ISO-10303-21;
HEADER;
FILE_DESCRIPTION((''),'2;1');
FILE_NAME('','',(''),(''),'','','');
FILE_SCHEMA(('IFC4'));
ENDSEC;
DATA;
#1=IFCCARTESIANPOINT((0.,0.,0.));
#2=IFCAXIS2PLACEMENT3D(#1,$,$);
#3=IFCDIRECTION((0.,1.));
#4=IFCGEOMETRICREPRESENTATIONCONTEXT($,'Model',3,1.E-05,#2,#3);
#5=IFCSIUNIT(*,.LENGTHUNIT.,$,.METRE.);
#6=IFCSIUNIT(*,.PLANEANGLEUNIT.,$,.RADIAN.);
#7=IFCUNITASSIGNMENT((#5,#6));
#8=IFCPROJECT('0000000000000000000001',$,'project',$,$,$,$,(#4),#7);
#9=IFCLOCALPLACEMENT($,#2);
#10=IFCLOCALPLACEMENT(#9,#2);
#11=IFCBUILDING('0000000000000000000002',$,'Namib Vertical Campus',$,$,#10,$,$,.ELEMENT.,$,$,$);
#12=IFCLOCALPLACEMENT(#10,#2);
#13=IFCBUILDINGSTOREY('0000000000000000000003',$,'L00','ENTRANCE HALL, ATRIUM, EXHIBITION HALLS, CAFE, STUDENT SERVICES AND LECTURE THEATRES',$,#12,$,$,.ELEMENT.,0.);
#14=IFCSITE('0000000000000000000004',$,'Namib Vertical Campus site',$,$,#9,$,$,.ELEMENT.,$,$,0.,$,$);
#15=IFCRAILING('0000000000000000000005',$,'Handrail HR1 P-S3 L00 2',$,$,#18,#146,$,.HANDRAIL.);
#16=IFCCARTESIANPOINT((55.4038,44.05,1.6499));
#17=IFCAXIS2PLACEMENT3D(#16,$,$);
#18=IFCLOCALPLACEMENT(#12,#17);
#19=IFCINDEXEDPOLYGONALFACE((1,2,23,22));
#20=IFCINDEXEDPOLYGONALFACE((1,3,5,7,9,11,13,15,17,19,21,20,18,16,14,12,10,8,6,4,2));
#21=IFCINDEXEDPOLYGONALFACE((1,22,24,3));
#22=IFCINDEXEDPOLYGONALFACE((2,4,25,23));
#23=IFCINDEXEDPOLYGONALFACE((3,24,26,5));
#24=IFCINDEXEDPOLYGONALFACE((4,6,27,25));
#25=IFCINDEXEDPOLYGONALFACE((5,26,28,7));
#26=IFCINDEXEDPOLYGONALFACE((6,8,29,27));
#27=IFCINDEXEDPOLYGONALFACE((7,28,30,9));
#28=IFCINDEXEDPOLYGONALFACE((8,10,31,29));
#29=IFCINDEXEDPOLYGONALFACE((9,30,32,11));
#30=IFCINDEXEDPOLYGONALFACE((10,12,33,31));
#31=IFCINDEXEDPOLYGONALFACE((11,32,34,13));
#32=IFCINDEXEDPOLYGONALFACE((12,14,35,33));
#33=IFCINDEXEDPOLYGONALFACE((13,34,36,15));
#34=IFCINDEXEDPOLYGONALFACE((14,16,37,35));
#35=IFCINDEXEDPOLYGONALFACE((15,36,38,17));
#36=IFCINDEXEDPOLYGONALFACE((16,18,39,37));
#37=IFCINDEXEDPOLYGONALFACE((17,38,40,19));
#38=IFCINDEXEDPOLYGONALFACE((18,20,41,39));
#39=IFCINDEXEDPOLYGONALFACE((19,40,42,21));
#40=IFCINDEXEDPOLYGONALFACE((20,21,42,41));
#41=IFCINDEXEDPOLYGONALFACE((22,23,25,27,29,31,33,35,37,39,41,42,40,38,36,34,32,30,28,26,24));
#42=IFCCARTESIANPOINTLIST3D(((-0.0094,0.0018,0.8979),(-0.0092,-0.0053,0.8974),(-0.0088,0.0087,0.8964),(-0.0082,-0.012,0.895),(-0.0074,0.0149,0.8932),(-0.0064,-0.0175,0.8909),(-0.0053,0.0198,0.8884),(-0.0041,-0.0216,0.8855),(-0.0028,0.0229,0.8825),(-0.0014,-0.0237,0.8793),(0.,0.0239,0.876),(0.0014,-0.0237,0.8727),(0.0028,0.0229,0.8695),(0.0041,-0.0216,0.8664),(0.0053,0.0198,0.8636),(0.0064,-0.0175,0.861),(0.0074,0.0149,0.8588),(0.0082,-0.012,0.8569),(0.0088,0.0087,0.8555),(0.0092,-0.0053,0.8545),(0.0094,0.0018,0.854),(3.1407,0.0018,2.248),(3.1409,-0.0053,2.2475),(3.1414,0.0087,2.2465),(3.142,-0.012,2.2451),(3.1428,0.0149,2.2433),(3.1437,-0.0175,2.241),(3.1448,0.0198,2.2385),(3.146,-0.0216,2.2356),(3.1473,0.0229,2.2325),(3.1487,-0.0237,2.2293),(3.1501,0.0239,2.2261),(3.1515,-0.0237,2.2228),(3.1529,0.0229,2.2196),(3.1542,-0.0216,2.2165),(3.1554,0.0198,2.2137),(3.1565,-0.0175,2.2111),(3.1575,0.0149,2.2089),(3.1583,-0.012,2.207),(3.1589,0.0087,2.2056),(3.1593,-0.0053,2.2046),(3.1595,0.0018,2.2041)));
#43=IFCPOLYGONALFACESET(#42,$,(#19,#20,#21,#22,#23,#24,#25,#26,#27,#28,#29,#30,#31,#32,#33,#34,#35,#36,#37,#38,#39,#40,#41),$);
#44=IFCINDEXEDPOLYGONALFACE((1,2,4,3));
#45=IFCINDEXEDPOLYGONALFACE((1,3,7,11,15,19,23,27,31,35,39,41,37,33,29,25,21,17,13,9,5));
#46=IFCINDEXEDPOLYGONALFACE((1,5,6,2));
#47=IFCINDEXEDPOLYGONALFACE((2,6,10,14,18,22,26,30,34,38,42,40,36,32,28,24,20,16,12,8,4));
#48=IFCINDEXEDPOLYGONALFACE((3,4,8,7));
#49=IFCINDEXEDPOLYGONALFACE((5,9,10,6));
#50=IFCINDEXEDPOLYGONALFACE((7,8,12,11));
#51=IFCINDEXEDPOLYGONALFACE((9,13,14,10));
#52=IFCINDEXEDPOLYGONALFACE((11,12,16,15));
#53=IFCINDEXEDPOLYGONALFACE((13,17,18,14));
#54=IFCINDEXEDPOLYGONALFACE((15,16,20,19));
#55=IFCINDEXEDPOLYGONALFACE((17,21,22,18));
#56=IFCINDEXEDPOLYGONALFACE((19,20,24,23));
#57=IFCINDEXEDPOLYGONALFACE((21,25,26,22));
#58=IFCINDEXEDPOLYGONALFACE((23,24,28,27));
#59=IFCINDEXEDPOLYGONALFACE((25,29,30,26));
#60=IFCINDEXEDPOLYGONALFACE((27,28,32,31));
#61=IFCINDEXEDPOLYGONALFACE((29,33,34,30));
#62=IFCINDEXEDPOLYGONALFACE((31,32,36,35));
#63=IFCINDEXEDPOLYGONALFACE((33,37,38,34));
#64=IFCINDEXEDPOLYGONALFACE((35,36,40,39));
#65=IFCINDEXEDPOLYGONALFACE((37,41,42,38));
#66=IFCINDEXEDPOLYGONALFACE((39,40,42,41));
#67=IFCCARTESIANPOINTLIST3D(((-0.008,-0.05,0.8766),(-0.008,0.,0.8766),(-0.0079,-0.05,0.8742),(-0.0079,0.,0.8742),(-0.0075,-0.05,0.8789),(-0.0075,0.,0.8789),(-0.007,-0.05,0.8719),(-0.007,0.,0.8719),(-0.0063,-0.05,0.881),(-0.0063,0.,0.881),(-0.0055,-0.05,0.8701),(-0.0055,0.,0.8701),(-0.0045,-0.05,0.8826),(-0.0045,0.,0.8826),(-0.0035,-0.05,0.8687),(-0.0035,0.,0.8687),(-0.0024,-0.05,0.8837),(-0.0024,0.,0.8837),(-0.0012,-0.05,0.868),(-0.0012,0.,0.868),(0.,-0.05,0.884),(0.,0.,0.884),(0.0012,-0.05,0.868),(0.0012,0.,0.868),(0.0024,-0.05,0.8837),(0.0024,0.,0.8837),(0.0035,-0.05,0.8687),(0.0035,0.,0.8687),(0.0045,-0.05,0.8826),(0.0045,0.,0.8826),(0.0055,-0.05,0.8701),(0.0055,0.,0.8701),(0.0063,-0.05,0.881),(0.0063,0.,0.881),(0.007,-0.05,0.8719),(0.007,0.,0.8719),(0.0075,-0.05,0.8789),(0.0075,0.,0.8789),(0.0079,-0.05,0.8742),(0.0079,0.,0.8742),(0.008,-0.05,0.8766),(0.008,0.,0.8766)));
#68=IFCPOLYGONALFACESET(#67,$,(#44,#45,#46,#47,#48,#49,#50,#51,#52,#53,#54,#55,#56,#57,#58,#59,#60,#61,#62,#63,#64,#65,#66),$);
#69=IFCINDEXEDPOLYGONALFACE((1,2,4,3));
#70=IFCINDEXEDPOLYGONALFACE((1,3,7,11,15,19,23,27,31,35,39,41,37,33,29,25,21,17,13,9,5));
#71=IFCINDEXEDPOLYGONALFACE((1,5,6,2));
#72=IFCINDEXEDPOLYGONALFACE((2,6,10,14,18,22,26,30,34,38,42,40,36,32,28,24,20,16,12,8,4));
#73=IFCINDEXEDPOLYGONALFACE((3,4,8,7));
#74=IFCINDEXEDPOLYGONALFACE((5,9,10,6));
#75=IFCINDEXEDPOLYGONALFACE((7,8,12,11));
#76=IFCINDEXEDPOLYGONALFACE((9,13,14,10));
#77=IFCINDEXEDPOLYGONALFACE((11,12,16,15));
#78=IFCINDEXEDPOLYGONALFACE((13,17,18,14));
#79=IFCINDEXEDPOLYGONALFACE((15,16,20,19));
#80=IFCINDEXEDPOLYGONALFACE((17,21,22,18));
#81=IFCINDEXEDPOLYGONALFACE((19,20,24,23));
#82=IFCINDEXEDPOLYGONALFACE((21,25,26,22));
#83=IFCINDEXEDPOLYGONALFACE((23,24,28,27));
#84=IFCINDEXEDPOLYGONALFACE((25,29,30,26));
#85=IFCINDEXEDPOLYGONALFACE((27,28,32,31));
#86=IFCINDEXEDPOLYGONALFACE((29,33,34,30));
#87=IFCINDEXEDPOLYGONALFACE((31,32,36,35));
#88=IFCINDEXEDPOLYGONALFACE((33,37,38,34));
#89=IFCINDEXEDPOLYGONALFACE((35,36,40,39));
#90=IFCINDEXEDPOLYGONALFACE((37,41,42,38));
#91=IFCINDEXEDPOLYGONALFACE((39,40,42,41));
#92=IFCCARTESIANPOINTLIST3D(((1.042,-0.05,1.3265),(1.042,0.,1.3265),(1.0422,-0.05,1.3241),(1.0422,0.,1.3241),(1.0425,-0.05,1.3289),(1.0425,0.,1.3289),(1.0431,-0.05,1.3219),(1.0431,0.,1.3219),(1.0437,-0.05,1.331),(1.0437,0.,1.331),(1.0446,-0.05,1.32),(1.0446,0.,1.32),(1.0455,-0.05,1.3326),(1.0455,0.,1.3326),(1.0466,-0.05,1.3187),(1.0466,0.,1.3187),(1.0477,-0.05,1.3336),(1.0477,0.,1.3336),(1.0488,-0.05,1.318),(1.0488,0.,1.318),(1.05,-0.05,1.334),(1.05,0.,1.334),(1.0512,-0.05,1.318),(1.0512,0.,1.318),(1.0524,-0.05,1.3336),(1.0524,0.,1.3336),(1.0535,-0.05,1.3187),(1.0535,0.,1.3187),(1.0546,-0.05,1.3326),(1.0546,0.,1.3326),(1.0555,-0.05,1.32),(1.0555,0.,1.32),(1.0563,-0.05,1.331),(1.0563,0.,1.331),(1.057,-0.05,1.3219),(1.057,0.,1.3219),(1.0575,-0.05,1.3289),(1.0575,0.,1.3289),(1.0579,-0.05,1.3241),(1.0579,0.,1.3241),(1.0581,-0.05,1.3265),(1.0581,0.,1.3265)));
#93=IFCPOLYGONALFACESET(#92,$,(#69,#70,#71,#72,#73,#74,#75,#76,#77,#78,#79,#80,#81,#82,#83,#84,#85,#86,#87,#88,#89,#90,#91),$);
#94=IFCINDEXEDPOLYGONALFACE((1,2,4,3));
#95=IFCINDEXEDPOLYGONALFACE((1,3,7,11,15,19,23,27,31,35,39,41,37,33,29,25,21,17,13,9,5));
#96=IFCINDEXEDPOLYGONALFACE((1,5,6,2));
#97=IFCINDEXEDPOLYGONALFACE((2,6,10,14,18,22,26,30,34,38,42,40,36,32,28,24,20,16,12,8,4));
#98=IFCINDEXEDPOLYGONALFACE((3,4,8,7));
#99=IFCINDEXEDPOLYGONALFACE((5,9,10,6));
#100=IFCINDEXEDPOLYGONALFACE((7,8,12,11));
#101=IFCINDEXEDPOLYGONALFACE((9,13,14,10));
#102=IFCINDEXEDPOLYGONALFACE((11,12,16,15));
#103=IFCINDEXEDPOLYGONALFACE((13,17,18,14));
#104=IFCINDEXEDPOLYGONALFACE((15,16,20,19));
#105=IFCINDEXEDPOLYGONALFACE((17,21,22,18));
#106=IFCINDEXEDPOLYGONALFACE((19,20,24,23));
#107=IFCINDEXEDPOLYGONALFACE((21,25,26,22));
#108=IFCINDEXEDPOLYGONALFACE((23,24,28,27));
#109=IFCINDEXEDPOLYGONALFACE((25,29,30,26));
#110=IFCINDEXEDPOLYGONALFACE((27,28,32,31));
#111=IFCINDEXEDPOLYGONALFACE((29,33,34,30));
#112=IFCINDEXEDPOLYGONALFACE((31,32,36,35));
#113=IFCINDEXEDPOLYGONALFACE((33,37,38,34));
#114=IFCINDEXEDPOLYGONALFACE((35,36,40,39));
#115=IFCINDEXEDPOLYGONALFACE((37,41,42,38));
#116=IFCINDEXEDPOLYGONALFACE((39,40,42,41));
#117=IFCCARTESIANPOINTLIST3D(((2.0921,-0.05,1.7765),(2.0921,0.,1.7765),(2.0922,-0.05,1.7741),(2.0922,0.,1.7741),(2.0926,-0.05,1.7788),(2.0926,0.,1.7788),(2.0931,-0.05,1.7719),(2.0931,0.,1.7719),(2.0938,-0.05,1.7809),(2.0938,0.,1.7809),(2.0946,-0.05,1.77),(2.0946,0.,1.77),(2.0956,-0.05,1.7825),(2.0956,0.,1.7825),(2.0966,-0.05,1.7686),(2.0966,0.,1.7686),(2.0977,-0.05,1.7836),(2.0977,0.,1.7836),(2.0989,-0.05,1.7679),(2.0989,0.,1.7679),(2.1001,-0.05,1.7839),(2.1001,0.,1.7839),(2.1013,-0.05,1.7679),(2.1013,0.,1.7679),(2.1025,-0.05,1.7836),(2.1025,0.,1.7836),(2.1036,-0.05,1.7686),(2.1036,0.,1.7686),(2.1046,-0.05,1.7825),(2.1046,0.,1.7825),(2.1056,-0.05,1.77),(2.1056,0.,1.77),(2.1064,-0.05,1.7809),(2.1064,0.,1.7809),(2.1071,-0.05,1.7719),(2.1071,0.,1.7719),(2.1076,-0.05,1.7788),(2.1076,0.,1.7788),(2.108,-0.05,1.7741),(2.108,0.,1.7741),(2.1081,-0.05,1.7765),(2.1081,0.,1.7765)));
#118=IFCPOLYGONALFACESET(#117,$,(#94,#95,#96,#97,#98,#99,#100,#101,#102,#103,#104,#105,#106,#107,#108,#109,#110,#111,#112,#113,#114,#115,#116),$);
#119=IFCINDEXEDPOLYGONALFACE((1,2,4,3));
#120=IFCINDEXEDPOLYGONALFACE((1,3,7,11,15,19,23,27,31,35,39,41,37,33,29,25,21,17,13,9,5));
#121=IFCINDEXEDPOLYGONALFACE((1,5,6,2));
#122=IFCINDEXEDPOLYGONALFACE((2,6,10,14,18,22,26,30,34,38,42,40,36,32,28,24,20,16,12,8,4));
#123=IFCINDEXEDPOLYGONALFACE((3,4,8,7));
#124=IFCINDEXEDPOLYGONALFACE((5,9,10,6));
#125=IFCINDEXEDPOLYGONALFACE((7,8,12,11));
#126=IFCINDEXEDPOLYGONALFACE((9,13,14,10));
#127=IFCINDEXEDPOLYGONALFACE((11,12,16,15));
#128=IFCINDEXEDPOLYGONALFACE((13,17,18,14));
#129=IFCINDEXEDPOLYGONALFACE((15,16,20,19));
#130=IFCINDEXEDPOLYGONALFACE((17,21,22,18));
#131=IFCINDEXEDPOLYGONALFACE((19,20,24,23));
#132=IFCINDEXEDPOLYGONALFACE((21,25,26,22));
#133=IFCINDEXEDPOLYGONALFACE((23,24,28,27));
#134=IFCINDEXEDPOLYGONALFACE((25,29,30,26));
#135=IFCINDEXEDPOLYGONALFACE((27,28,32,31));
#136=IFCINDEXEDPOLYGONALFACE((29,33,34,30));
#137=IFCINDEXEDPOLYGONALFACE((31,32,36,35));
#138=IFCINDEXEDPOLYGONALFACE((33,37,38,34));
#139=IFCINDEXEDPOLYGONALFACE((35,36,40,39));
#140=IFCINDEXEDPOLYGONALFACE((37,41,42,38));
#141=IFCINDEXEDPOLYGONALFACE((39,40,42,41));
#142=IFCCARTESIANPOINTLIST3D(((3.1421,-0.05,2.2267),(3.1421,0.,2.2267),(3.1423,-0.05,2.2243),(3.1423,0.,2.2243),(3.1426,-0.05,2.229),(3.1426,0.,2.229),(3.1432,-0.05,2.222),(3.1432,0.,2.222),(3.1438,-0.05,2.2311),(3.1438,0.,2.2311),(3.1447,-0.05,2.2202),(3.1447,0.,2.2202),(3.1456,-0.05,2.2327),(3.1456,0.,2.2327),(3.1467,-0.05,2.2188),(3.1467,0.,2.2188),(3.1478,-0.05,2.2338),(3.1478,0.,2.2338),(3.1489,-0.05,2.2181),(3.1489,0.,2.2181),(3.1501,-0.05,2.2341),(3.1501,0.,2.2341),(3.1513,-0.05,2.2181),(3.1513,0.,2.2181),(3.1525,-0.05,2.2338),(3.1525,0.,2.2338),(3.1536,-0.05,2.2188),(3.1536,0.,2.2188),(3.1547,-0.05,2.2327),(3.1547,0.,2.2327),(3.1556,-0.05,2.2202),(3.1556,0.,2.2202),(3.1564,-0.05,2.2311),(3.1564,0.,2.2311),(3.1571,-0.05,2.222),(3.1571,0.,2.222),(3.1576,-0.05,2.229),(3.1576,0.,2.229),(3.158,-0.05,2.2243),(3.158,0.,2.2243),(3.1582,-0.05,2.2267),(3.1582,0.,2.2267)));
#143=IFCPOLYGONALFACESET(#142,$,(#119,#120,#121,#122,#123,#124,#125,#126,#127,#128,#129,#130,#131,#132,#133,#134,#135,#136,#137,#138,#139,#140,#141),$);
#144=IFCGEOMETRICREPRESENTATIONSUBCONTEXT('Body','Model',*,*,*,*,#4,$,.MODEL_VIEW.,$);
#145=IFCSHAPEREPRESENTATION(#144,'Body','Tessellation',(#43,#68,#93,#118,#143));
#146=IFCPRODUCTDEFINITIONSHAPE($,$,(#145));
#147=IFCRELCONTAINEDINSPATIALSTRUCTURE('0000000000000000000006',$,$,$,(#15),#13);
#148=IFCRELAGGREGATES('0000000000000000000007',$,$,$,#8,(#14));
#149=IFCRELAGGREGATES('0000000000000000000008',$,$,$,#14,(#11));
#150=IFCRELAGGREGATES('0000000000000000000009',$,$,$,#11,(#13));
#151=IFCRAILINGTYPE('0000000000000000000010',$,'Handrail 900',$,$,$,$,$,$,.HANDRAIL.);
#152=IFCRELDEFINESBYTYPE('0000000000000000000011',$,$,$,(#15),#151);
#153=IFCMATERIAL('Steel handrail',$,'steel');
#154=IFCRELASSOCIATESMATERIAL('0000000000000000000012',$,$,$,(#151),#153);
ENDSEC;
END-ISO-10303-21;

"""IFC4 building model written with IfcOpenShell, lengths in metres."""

from ifc_helpers import new_model, si_unit, direction, frame, origin, origin_2d, place, context, subcontext, project, spatial, circle, extrude, material, type_object, element, save


model = new_model("IFC4")

# Units and contexts
model_context = context("Model", 3, precision=1e-05, world=origin(), true_north=direction((0.0, 1.0)))
body_context = subcontext(model_context, "Body", "Model", "MODEL_VIEW")
ifc_project = project(units=[si_unit("LENGTHUNIT", "METRE"), si_unit("PLANEANGLEUNIT", "RADIAN")], contexts=[model_context])

# Site, building, storey
site_placement = place(None, origin())
site = spatial("IfcSite", under=ifc_project, at=site_placement, Name="Namib Vertical Campus site", CompositionType="ELEMENT", RefElevation=0.0)
building_placement = place(site_placement, origin())
building = spatial("IfcBuilding", under=site, at=building_placement, Name="Namib Vertical Campus", CompositionType="ELEMENT")
storey_placement = place(building_placement, origin())
storey = spatial("IfcBuildingStorey", under=building, at=storey_placement, Name="L00", Description="ENTRANCE HALL, ATRIUM, EXHIBITION HALLS, CAFE, STUDENT SERVICES AND LECTURE THEATRES", CompositionType="ELEMENT", Elevation=0.0)

# Railing
ifc_material_1 = material(Name="Steel handrail", Category="steel")
railing_type = type_object("IfcRailingType", Name="Handrail 900", PredefinedType="HANDRAIL", material=ifc_material_1)
for number, where, name in (
    (1, (55.4038, 44.05, 1.6499), "Handrail HR1 P-S3 L00 2"),
):
    element("IfcRailing", number, at=place(storey_placement, frame(where)), inside=storey, type_object=railing_type, Name=name, PredefinedType="HANDRAIL", context=body_context, shape_type="SweptSolid", body=[
        extrude(circle(Radius=0.0239, at=origin_2d()), frame((0.0, 0.0, 0.876), z_axis=(0.919141, 0.0, 0.393928), x_axis=(0.0, 1.0, 0.0)), (0.0, 0.0, 1.0), 3.4272),
        extrude(circle(Radius=0.0081, at=origin_2d()), frame((0.0, 0.0, 0.876), z_axis=(0.0, -1.0, 0.0), x_axis=(0.0, 0.0, 1.0)), (0.0, 0.0, 1.0), 0.05),
        extrude(circle(Radius=0.0081, at=origin_2d()), frame((1.05, 0.0, 1.3259), z_axis=(0.0, -1.0, 0.0), x_axis=(0.0, 0.0, 1.0)), (0.0, 0.0, 1.0), 0.05),
        extrude(circle(Radius=0.0081, at=origin_2d()), frame((2.1001, 0.0, 1.7759), z_axis=(0.0, -1.0, 0.0), x_axis=(0.0, 0.0, 1.0)), (0.0, 0.0, 1.0), 0.05),
        extrude(circle(Radius=0.0081, at=origin_2d()), frame((3.1501, 0.0, 2.2261), z_axis=(0.0, -1.0, 0.0), x_axis=(0.0, 0.0, 1.0)), (0.0, 0.0, 1.0), 0.05),
    ])

save(model, "model.ifc")
